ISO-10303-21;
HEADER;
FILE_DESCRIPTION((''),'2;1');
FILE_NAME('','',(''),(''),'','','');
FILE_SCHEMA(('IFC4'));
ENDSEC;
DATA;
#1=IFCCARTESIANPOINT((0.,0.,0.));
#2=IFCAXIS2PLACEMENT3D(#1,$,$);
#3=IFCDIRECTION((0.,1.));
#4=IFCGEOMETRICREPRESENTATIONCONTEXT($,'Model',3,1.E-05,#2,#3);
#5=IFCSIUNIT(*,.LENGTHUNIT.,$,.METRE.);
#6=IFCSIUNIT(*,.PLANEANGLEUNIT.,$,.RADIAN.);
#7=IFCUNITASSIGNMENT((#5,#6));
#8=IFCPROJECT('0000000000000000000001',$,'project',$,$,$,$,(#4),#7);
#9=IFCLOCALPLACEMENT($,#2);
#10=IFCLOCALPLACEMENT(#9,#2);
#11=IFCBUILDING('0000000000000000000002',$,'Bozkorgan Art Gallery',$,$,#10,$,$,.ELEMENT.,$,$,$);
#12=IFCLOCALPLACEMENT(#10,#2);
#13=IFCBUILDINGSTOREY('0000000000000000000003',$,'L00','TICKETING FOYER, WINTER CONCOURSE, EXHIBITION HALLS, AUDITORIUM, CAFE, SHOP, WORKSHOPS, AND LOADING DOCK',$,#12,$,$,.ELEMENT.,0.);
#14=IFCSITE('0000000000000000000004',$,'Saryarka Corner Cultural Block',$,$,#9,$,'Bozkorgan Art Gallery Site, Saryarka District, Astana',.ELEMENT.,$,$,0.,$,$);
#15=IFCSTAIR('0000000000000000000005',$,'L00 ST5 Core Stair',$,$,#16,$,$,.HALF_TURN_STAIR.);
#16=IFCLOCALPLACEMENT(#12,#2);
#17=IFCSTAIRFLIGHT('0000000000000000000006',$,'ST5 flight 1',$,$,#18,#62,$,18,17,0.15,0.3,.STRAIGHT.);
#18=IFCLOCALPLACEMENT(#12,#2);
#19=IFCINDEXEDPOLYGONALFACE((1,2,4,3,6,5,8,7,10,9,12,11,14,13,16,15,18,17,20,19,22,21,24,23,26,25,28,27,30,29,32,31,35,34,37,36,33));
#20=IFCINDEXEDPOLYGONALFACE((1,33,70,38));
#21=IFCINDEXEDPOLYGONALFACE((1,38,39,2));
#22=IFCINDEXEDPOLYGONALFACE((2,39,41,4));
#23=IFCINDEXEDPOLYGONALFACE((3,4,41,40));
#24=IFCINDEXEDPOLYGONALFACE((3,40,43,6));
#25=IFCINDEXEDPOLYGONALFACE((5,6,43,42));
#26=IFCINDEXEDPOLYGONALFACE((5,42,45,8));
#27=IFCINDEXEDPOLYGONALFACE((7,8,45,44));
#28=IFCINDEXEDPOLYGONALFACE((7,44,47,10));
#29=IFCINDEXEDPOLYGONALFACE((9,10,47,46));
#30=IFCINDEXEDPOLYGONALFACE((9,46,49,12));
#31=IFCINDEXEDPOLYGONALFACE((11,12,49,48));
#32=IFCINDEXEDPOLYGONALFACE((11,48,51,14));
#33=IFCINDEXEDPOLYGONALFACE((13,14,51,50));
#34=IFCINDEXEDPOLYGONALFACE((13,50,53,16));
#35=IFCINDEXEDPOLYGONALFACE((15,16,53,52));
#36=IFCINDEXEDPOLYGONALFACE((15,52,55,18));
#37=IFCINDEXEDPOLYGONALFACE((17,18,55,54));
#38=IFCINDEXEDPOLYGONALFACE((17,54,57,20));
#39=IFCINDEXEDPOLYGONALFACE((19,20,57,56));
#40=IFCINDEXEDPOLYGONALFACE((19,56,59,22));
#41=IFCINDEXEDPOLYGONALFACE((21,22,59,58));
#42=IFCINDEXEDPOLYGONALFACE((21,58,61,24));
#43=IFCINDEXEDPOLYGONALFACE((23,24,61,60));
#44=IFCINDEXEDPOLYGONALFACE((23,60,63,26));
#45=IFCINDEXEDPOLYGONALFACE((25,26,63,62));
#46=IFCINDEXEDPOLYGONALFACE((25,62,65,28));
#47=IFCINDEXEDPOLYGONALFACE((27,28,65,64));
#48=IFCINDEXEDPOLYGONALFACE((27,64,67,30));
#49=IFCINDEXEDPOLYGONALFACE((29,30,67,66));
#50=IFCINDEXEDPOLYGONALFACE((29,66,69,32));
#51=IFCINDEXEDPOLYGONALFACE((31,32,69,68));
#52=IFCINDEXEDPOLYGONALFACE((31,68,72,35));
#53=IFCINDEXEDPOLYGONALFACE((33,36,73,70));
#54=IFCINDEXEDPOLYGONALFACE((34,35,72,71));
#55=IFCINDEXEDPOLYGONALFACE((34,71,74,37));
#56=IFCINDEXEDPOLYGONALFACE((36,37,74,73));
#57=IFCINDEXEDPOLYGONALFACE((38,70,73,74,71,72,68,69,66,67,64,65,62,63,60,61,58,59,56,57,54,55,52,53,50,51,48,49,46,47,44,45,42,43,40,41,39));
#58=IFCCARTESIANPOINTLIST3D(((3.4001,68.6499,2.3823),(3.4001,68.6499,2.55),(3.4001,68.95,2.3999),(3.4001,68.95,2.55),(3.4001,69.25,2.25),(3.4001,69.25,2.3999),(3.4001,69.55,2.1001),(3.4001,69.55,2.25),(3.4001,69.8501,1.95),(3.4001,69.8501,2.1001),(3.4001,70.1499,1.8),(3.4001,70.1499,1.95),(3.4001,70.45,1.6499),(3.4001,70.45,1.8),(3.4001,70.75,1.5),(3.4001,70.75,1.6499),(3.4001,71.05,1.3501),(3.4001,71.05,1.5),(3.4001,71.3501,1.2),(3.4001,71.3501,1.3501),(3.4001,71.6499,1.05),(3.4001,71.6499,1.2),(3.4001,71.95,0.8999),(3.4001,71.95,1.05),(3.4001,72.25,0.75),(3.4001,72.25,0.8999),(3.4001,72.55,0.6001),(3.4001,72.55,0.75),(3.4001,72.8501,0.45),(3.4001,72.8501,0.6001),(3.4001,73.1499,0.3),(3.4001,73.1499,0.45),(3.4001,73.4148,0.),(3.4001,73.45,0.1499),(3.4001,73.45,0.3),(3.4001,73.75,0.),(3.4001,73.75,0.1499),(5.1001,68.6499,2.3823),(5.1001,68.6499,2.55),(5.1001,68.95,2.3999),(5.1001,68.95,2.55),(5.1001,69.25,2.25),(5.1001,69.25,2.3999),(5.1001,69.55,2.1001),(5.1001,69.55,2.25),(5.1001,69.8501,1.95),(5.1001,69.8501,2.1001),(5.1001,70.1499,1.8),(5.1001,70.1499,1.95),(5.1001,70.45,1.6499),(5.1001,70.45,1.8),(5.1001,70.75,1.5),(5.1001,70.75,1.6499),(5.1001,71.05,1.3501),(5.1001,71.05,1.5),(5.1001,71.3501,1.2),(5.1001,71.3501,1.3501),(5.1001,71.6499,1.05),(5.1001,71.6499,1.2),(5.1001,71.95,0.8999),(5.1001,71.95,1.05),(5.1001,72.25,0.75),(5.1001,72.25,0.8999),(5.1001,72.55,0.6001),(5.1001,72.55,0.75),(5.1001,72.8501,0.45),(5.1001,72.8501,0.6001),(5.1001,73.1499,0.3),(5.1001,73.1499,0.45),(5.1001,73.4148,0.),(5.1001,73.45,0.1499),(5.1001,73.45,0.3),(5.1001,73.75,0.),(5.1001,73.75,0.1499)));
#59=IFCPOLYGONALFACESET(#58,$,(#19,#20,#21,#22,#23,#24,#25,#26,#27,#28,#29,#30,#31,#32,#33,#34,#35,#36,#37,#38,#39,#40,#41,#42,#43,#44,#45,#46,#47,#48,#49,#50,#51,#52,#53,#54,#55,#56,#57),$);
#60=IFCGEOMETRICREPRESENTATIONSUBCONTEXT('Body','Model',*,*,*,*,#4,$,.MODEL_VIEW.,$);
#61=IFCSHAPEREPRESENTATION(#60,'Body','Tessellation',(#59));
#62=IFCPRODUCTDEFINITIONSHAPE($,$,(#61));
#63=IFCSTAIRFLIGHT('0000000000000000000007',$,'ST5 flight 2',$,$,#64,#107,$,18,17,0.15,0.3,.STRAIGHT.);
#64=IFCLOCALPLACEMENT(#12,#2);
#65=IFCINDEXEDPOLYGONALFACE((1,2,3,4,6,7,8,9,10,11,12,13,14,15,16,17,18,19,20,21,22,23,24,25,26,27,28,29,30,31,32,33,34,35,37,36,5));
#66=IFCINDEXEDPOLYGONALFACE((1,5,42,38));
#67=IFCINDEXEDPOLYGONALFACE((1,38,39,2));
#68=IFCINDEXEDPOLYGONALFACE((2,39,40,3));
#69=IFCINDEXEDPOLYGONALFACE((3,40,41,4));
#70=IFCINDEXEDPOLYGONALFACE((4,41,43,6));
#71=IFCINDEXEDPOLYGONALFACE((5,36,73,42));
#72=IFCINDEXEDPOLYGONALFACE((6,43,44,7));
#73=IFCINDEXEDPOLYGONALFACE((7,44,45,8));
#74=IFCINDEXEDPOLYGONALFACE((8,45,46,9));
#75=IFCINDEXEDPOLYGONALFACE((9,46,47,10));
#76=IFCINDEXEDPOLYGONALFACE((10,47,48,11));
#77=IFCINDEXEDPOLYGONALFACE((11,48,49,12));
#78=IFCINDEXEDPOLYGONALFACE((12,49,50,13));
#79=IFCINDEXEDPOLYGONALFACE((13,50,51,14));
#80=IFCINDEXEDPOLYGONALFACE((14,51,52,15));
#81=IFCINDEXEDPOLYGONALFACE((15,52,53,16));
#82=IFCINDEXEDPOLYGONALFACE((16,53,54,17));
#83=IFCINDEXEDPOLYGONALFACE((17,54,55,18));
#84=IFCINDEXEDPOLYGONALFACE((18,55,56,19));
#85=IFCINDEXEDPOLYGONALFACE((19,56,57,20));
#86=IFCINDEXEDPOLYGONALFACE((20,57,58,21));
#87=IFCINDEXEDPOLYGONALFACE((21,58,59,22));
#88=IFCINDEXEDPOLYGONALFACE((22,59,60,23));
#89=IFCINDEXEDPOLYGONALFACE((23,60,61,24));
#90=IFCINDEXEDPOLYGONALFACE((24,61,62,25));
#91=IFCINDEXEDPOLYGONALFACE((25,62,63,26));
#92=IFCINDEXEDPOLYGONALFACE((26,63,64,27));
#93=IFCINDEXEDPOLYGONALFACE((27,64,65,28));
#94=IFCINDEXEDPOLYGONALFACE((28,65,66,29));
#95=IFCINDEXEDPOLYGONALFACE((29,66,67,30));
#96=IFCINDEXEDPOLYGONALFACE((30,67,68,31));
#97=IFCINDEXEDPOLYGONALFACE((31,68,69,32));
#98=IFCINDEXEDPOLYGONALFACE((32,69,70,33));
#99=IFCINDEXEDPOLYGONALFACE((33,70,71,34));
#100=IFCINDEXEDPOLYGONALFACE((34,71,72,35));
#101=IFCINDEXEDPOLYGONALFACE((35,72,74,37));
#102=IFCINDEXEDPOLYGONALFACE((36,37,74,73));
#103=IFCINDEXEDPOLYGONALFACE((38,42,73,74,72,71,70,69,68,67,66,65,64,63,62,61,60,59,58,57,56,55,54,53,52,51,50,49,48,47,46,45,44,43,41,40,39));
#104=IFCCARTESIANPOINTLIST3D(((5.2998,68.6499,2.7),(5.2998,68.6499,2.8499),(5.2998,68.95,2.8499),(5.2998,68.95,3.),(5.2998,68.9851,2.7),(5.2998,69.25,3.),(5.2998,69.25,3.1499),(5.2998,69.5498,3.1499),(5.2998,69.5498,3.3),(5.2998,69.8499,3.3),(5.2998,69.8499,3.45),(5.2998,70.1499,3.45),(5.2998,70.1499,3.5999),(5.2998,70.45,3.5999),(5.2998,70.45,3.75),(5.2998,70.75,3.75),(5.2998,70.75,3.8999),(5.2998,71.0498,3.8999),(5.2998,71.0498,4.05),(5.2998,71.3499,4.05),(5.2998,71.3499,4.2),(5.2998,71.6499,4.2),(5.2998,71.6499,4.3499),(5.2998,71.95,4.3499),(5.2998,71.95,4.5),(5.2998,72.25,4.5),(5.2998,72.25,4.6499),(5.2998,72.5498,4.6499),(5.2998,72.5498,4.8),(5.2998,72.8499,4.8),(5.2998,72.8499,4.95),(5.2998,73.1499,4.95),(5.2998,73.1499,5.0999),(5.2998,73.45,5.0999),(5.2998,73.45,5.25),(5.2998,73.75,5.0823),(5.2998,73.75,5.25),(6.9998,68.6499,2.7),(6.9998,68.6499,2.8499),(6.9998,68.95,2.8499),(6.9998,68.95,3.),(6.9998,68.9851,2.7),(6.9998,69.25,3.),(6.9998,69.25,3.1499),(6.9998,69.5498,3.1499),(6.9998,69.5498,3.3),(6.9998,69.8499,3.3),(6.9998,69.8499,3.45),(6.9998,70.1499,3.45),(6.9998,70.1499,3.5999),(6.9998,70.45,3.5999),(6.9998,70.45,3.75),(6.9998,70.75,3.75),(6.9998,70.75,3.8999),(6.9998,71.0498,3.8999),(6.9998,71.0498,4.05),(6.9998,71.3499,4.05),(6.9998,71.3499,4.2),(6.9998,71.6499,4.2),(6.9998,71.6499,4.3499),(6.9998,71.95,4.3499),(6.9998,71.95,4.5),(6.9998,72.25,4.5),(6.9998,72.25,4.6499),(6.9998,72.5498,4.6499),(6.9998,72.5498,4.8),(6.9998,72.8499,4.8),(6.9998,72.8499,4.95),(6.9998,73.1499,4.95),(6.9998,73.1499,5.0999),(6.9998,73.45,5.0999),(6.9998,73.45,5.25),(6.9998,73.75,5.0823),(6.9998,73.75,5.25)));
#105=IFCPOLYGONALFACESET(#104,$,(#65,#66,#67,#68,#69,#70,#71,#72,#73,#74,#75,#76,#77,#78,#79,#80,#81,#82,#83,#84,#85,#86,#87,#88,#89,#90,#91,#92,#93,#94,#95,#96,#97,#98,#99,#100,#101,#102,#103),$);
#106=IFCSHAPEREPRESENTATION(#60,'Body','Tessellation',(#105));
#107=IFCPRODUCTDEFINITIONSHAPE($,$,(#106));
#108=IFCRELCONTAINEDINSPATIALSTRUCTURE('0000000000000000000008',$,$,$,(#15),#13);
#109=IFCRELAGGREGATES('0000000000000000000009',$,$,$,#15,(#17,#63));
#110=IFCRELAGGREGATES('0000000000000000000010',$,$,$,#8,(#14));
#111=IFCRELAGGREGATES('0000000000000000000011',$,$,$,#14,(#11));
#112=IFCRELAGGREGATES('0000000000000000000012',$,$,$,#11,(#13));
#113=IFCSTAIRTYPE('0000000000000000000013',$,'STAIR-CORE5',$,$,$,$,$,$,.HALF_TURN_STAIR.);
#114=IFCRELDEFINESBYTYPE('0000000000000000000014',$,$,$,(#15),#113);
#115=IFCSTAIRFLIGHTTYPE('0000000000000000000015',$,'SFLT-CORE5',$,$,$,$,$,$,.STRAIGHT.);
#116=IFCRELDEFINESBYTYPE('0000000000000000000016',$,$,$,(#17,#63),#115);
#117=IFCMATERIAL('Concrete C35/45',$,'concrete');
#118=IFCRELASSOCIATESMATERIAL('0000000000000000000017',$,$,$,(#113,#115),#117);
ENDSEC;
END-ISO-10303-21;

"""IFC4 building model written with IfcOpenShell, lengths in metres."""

from ifc_helpers import new_model, si_unit, direction, frame, origin, place, context, subcontext, project, spatial, polyline, outline, extrude, material, type_object, element, aggregate, save


model = new_model("IFC4")

# Units and contexts
model_context = context("Model", 3, precision=1e-05, world=origin(), true_north=direction((0.0, 1.0)))
body_context = subcontext(model_context, "Body", "Model", "MODEL_VIEW")
ifc_project = project(units=[si_unit("LENGTHUNIT", "METRE"), si_unit("PLANEANGLEUNIT", "RADIAN")], contexts=[model_context])

# Site, building, storey
site_placement = place(None, origin())
site = spatial("IfcSite", under=ifc_project, at=site_placement, Name="Saryarka Corner Cultural Block", LongName="Bozkorgan Art Gallery Site, Saryarka District, Astana", CompositionType="ELEMENT", RefElevation=0.0)
building_placement = place(site_placement, origin())
building = spatial("IfcBuilding", under=site, at=building_placement, Name="Bozkorgan Art Gallery", CompositionType="ELEMENT")
storey_placement = place(building_placement, origin())
storey = spatial("IfcBuildingStorey", under=building, at=storey_placement, Name="L00", Description="TICKETING FOYER, WINTER CONCOURSE, EXHIBITION HALLS, AUDITORIUM, CAFE, SHOP, WORKSHOPS, AND LOADING DOCK", CompositionType="ELEMENT", Elevation=0.0)

# Stair, stair flights
ifc_material_1 = material(Name="Concrete C35/45", Category="concrete")
stair_type = type_object("IfcStairType", Name="STAIR-CORE5", PredefinedType="HALF_TURN_STAIR", material=ifc_material_1)
stair_placement = place(storey_placement, origin())
stair = element("IfcStair", 1, at=stair_placement, inside=storey, type_object=stair_type, Name="L00 ST5 Core Stair", PredefinedType="HALF_TURN_STAIR")
stair_flight_type = type_object("IfcStairFlightType", Name="SFLT-CORE5", PredefinedType="STRAIGHT", material=ifc_material_1)
stair_flight_1_placement = place(storey_placement, frame((4.25, 73.75, 0.0), z_axis=(0.0, 0.0, 1.0), x_axis=(0.0, -1.0, 0.0)))
stair_flight_1 = element("IfcStairFlight", 2, at=stair_flight_1_placement, type_object=stair_flight_type, Name="ST5 flight 1", NumberOfRisers=18, NumberOfTreads=17, PredefinedType="STRAIGHT", RiserHeight=0.15, TreadLength=0.3, context=body_context, shape_type="SweptSolid", body=[
    extrude(outline(polyline([(0.0, 0.0), (0.0, 0.1499), (0.3, 0.1499), (0.3, 0.3), (0.6001, 0.3), (0.6001, 0.45), (0.8999, 0.45), (0.8999, 0.6001), (1.2, 0.6001), (1.2, 0.75), (1.5, 0.75), (1.5, 0.8999), (1.8, 0.8999), (1.8, 1.05), (2.1001, 1.05), (2.1001, 1.2), (2.3999, 1.2), (2.3999, 1.3501), (2.7, 1.3501), (2.7, 1.5), (3.0, 1.5), (3.0, 1.6499), (3.3, 1.6499), (3.3, 1.8), (3.6001, 1.8), (3.6001, 1.95), (3.8999, 1.95), (3.8999, 2.1001), (4.2, 2.1001), (4.2, 2.25), (4.5, 2.25), (4.5, 2.3999), (4.8, 2.3999), (4.8, 2.55), (5.1001, 2.55), (5.1001, 2.7), (5.1001, 2.3823), (0.3352, 0.0), (0.0, 0.0)])), frame((0.0, 0.8501, 0.0), z_axis=(0.0, -1.0, 0.0), x_axis=(1.0, 0.0, 0.0)), (0.0, 0.0, 1.0), 1.7),
])
stair_flight_2_placement = place(storey_placement, frame((6.1499, 68.6499, 2.7), z_axis=(0.0, 0.0, 1.0), x_axis=(0.0, 1.0, 0.0)))
stair_flight_2 = element("IfcStairFlight", 3, at=stair_flight_2_placement, type_object=stair_flight_type, Name="ST5 flight 2", NumberOfRisers=18, NumberOfTreads=17, PredefinedType="STRAIGHT", RiserHeight=0.15, TreadLength=0.3, context=body_context, shape_type="SweptSolid", body=[
    extrude(outline(polyline([(0.0, 0.0), (0.0, 0.1499), (0.3, 0.1499), (0.3, 0.3), (0.6001, 0.3), (0.6001, 0.45), (0.8999, 0.45), (0.8999, 0.6001), (1.2, 0.6001), (1.2, 0.75), (1.5, 0.75), (1.5, 0.8999), (1.8, 0.8999), (1.8, 1.05), (2.1001, 1.05), (2.1001, 1.2), (2.3999, 1.2), (2.3999, 1.3501), (2.7, 1.3501), (2.7, 1.5), (3.0, 1.5), (3.0, 1.6499), (3.3, 1.6499), (3.3, 1.8), (3.6001, 1.8), (3.6001, 1.95), (3.8999, 1.95), (3.8999, 2.1001), (4.2, 2.1001), (4.2, 2.25), (4.5, 2.25), (4.5, 2.3999), (4.8, 2.3999), (4.8, 2.55), (5.1001, 2.55), (5.1001, 2.7), (5.1001, 2.3823), (0.3352, 0.0), (0.0, 0.0)])), frame((0.0, 0.8501, 0.0), z_axis=(0.0, -1.0, 0.0), x_axis=(1.0, 0.0, 0.0)), (0.0, 0.0, 1.0), 1.7),
])
aggregate(stair, [stair_flight_1, stair_flight_2])

save(model, "model.ifc")
